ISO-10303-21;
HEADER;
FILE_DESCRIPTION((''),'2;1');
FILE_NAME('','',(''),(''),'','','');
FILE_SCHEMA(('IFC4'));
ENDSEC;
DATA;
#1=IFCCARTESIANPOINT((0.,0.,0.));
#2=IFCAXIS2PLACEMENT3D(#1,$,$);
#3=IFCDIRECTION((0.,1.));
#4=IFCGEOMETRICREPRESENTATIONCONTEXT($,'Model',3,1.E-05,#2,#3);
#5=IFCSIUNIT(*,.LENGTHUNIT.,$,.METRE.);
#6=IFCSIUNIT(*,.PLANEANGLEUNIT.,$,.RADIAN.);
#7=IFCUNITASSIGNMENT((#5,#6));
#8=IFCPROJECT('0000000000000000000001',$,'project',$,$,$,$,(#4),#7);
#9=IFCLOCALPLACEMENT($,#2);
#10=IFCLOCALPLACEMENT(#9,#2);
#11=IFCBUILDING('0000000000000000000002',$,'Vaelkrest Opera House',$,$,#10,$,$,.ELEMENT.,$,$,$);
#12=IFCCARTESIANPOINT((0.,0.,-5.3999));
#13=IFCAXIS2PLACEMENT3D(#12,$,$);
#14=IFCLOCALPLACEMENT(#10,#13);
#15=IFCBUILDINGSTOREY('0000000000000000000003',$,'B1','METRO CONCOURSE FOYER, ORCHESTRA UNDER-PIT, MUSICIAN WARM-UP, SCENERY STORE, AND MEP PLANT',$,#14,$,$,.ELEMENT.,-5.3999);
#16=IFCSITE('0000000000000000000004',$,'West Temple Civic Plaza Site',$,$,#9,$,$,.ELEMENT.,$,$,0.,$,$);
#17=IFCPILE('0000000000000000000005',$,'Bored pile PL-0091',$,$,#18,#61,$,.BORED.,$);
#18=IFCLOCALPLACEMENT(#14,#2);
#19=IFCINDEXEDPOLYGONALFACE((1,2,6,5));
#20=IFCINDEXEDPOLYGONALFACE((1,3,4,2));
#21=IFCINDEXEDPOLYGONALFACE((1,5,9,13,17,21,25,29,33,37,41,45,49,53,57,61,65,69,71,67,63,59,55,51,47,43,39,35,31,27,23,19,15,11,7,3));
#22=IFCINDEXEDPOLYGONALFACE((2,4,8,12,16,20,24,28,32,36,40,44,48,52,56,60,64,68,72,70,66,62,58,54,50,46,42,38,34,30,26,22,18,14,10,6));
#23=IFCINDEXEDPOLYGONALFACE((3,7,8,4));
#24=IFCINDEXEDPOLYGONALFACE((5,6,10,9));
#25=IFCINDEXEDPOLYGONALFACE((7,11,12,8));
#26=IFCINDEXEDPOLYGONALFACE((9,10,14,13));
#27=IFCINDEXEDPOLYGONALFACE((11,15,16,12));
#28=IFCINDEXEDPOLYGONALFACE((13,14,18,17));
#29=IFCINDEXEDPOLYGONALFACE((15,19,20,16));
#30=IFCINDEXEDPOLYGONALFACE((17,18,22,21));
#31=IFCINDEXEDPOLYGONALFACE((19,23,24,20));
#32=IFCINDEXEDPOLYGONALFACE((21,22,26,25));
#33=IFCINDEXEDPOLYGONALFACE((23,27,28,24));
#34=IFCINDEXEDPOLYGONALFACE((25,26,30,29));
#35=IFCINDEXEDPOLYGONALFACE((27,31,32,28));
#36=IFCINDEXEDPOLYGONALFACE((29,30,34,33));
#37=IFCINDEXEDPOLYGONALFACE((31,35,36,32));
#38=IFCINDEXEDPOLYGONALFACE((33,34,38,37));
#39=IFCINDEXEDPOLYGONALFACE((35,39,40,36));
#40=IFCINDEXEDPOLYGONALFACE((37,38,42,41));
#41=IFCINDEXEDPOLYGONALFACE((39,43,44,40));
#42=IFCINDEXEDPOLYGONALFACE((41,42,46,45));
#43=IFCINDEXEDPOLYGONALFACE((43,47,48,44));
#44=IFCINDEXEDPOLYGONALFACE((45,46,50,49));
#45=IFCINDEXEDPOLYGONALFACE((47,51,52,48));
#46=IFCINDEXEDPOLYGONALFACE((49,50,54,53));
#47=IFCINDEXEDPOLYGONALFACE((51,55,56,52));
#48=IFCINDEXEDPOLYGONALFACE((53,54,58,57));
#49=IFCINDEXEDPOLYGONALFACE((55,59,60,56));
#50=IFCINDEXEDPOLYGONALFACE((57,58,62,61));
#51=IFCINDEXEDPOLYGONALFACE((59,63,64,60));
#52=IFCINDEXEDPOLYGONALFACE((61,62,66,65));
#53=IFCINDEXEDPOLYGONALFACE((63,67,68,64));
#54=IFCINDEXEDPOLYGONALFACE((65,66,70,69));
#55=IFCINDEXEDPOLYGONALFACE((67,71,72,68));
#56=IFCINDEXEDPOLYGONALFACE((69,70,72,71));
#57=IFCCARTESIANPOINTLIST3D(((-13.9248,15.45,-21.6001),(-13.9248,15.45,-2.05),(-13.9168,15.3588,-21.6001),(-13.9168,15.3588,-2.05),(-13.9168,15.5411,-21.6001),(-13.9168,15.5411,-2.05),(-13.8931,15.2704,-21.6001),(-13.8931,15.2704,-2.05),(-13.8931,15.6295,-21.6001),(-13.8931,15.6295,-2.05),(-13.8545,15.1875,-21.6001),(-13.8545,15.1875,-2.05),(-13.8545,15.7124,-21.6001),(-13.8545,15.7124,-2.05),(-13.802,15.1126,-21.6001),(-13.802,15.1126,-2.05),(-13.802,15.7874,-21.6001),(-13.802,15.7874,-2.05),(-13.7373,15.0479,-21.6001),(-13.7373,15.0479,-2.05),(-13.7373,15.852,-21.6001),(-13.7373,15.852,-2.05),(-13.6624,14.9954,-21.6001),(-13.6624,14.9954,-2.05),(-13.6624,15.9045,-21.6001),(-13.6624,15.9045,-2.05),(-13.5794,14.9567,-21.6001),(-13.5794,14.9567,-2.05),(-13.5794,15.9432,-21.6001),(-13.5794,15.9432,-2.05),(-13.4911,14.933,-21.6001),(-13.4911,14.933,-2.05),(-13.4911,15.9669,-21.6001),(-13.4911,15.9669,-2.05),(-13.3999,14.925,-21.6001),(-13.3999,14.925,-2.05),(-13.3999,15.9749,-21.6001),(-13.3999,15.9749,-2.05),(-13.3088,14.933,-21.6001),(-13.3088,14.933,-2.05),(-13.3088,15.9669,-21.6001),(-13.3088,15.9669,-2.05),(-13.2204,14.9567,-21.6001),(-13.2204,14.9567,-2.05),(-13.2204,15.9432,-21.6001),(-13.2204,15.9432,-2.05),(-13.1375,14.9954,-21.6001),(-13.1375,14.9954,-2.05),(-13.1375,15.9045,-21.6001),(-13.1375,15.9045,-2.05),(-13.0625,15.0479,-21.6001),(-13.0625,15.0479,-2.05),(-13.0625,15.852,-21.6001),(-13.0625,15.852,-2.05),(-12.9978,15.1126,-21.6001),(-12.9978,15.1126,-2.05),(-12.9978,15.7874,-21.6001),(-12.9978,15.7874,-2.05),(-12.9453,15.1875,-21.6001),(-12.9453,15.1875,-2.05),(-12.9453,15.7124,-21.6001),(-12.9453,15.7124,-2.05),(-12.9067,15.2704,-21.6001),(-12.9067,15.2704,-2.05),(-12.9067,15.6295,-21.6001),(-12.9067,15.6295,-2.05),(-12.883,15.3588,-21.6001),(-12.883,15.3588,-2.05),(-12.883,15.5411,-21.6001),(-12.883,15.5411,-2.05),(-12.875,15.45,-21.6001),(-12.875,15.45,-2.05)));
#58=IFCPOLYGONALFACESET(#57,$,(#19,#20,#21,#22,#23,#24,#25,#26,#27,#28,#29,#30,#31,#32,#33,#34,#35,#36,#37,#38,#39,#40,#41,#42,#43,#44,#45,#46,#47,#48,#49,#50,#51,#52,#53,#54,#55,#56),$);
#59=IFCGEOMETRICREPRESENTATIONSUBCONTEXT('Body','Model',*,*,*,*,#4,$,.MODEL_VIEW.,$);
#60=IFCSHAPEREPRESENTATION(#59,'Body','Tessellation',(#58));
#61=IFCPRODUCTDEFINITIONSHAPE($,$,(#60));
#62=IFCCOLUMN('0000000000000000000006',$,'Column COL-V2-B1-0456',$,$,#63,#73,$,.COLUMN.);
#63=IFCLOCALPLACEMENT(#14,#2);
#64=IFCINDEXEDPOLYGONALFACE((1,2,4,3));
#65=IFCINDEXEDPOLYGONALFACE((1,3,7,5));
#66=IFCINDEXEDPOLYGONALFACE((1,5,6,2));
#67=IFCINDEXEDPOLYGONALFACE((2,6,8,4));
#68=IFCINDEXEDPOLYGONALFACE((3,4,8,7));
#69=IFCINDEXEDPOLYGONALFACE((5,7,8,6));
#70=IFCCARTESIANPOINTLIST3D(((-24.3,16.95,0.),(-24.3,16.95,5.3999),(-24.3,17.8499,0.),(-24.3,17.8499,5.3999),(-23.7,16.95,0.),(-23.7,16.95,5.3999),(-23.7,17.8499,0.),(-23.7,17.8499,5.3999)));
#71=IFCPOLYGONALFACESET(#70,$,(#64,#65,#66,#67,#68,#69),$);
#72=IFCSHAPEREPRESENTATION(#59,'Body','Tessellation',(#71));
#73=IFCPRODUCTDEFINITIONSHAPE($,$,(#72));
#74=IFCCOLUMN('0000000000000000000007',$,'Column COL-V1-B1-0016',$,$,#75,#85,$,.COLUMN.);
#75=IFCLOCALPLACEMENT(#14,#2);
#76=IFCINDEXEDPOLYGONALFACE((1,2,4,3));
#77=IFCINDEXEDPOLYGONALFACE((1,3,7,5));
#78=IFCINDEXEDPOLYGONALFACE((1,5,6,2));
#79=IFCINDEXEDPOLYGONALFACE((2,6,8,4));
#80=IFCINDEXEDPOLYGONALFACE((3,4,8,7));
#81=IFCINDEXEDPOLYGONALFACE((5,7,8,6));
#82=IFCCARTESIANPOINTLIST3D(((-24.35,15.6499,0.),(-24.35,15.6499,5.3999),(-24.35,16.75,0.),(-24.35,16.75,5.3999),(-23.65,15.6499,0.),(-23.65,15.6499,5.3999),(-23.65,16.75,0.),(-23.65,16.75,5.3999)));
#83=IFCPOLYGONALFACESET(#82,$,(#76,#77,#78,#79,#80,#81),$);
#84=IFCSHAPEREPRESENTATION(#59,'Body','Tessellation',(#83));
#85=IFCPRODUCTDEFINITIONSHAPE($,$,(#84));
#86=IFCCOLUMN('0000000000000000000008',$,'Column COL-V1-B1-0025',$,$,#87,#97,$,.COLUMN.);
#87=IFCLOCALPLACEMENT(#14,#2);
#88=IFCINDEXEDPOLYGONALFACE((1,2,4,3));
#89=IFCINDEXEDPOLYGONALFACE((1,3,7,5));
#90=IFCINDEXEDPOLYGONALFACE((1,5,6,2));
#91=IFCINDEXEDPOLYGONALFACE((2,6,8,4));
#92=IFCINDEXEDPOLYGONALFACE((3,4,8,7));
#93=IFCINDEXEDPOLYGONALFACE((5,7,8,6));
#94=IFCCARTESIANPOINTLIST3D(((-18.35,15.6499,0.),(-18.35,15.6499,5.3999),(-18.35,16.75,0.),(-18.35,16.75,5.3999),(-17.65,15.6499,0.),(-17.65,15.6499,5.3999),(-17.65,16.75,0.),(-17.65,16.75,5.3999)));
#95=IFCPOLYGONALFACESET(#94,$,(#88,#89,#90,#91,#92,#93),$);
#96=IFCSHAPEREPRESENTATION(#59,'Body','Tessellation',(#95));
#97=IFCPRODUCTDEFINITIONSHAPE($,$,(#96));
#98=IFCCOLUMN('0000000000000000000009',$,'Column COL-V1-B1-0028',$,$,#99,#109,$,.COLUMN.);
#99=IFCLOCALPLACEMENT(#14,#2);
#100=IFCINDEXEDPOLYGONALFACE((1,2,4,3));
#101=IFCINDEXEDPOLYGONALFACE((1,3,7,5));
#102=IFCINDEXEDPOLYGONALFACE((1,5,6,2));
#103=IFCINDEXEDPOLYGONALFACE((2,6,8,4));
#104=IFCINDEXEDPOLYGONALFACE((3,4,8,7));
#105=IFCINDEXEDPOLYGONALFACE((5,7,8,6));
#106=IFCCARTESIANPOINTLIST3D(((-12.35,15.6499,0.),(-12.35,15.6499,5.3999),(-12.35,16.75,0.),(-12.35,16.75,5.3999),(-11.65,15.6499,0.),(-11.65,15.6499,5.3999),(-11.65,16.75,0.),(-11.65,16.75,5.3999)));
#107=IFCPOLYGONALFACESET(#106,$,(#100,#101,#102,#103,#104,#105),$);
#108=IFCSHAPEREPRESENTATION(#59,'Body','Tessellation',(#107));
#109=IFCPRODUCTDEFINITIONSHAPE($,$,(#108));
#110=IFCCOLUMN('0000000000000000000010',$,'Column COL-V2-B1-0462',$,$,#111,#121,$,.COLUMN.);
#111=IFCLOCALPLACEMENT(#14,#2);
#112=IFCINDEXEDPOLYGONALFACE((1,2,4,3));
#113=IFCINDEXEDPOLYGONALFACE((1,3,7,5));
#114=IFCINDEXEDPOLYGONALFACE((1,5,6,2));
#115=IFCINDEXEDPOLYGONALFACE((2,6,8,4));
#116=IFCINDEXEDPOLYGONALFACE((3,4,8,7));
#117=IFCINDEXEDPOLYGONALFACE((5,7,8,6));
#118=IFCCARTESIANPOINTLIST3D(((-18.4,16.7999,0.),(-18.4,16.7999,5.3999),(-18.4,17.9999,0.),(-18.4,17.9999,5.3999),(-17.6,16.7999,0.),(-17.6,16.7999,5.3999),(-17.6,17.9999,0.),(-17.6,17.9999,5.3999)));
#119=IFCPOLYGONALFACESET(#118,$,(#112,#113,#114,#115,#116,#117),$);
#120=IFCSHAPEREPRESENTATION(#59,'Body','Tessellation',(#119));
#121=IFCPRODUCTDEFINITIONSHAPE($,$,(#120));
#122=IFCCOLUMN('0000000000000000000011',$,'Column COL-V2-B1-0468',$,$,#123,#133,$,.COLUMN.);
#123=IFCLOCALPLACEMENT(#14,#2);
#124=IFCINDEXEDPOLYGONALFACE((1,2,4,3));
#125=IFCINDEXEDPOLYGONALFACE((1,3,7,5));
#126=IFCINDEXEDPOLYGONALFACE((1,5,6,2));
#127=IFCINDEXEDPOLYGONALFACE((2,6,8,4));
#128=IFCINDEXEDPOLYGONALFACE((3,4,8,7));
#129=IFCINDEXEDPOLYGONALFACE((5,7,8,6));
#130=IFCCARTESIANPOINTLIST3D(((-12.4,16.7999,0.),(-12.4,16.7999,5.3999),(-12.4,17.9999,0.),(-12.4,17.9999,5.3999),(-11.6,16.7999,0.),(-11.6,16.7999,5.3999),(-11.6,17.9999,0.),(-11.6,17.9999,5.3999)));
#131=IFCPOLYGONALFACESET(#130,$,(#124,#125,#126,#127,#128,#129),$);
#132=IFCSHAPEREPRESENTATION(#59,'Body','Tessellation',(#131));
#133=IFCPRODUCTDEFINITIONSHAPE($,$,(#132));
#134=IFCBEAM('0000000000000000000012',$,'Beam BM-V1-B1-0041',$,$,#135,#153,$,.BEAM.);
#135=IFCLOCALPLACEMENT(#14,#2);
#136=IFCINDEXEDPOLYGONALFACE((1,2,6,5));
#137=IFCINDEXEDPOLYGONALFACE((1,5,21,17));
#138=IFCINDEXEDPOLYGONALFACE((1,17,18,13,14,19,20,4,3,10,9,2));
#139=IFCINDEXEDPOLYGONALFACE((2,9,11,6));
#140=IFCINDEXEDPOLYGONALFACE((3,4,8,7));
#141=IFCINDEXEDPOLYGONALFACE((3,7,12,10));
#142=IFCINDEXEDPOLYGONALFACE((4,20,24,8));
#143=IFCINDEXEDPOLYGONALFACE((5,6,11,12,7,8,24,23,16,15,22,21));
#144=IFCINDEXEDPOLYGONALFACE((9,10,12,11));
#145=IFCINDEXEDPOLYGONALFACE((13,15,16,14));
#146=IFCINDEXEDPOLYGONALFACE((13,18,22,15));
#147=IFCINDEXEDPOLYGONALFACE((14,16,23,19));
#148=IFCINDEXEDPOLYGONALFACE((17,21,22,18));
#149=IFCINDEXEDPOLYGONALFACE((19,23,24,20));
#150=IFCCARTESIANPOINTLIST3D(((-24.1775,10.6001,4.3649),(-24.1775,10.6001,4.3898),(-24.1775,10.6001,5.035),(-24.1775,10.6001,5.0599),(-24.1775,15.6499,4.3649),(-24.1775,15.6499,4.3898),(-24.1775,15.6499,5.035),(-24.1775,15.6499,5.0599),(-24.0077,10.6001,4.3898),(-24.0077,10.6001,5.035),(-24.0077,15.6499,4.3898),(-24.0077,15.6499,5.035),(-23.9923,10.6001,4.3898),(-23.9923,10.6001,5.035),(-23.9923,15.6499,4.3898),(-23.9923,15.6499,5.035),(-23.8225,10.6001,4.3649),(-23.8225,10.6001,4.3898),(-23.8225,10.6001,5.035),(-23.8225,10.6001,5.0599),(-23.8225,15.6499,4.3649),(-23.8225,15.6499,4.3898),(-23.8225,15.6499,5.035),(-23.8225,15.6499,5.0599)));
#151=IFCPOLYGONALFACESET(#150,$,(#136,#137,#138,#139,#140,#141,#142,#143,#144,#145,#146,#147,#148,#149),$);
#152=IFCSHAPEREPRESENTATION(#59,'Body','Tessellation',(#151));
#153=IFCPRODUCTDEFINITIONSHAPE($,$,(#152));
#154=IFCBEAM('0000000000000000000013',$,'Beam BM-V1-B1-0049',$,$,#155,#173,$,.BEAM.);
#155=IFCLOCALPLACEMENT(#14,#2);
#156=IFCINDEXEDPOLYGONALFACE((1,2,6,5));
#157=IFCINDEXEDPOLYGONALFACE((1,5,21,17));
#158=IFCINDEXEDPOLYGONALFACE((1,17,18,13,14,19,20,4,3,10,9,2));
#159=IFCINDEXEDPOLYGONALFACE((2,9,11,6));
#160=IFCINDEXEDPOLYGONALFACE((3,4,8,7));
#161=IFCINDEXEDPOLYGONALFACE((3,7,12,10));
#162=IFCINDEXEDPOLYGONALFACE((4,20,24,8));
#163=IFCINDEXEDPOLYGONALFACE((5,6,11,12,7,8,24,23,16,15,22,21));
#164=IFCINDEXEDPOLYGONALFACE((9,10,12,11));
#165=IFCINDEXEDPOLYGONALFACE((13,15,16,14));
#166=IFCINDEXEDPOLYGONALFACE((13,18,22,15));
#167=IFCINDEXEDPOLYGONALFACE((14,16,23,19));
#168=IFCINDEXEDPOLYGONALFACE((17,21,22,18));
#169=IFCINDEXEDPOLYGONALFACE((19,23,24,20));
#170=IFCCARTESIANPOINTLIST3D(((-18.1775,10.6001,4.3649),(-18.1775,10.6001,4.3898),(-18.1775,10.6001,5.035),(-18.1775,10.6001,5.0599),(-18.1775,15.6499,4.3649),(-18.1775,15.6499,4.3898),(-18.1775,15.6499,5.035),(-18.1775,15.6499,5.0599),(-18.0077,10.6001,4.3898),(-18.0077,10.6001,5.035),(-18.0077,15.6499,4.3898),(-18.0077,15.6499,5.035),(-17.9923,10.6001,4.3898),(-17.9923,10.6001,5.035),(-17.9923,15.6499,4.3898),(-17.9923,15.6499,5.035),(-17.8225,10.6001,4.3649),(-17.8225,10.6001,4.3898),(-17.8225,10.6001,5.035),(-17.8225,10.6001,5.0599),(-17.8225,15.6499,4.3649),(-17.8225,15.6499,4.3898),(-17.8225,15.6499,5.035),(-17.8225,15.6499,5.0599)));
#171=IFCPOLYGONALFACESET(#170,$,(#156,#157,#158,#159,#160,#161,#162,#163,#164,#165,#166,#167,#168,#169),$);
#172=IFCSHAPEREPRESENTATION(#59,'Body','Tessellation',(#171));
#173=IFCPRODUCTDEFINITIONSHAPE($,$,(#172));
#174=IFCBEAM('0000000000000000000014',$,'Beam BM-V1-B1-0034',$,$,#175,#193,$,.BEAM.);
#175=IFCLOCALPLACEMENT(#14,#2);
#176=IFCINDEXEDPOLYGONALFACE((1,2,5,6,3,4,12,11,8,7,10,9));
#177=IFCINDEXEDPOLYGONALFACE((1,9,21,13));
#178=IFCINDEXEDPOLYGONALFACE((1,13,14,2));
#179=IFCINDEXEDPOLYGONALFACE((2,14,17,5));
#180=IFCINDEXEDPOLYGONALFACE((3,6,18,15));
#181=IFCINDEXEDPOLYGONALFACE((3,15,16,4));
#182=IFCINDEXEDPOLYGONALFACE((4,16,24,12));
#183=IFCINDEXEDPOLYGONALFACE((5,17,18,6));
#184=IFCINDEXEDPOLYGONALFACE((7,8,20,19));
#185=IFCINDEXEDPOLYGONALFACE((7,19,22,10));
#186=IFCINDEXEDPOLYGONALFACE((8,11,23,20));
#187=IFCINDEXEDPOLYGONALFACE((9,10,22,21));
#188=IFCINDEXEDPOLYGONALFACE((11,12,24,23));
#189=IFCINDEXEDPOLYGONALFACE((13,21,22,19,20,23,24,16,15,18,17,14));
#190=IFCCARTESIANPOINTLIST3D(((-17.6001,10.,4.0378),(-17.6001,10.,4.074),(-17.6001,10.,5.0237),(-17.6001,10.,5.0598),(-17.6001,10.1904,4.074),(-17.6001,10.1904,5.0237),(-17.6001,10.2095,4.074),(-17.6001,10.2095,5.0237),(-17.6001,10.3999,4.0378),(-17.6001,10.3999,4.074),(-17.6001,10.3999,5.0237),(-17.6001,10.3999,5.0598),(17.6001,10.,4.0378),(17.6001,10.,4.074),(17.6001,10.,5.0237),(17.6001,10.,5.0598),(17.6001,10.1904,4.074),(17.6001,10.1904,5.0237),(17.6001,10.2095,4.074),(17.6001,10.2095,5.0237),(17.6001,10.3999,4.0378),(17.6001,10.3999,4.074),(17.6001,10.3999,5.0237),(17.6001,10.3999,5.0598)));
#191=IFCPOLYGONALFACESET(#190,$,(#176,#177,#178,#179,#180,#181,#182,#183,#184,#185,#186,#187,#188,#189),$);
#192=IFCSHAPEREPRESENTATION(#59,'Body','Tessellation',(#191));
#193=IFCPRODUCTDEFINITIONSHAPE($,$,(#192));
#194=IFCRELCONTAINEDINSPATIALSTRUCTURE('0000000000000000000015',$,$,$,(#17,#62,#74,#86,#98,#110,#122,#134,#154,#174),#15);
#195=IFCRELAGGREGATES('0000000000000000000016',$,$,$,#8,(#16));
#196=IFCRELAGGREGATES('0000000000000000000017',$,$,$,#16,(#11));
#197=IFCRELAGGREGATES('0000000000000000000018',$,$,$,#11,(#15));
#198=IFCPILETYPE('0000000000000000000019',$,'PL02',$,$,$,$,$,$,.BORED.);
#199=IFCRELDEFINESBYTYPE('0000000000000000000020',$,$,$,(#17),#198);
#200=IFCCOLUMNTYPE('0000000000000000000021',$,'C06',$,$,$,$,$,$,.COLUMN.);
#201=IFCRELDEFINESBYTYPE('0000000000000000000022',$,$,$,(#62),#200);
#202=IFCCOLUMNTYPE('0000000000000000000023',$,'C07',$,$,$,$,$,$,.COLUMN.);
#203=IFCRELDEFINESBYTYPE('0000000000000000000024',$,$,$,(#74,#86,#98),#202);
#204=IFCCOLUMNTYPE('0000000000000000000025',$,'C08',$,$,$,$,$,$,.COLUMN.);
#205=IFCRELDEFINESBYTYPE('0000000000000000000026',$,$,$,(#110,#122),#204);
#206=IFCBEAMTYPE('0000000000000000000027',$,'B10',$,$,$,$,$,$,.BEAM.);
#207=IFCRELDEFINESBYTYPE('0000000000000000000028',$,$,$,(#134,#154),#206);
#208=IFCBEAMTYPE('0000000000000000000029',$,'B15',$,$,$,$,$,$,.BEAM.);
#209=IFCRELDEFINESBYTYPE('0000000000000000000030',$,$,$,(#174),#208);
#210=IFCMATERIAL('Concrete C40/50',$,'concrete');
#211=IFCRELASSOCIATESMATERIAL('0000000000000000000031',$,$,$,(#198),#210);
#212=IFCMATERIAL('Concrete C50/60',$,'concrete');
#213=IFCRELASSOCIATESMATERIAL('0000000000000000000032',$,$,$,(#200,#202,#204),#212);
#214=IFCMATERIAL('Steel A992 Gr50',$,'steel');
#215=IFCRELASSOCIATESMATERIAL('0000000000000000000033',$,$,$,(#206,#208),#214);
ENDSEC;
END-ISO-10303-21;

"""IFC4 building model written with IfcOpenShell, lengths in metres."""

from ifc_helpers import new_model, si_unit, direction, frame, origin, origin_2d, place, context, subcontext, project, spatial, rectangle, circle, i_section, extrude, material, material_profile, profile_set, type_object, element, save


model = new_model("IFC4")

# Units and contexts
model_context = context("Model", 3, precision=1e-05, world=origin(), true_north=direction((0.0, 1.0)))
body_context = subcontext(model_context, "Body", "Model", "MODEL_VIEW")
ifc_project = project(units=[si_unit("LENGTHUNIT", "METRE"), si_unit("PLANEANGLEUNIT", "RADIAN")], contexts=[model_context])

# Site, building, storey
site_placement = place(None, origin())
site = spatial("IfcSite", under=ifc_project, at=site_placement, Name="West Temple Civic Plaza Site", CompositionType="ELEMENT", RefElevation=0.0)
building_placement = place(site_placement, origin())
building = spatial("IfcBuilding", under=site, at=building_placement, Name="Vaelkrest Opera House", CompositionType="ELEMENT")
storey_placement = place(building_placement, frame((0.0, 0.0, -5.3999)))
storey = spatial("IfcBuildingStorey", under=building, at=storey_placement, Name="B1", Description="METRO CONCOURSE FOYER, ORCHESTRA UNDER-PIT, MUSICIAN WARM-UP, SCENERY STORE, AND MEP PLANT", CompositionType="ELEMENT", Elevation=-5.3999)

# Shared definitions
ifc_material_1 = material(Name="Concrete C40/50", Category="concrete")

# Pile
ifc_material_profile_1 = material_profile(ifc_material_1, circle(Radius=0.5249, at=origin_2d()), Name="PILE1050")
ifc_profile_set_1 = profile_set([ifc_material_profile_1], Name="Concrete C40/50")
pile_type_1 = type_object("IfcPileType", Name="PL02", PredefinedType="BORED", material=ifc_profile_set_1)
for number, where, z_axis, x_axis, name in (
    (1, (-13.3999, 15.45, -2.05), (0.0, 0.0, -1.0), (1.0, 0.0, 0.0), "Bored pile PL-0091"),
):
    element("IfcPile", number, at=place(storey_placement, frame(where, z_axis=z_axis, x_axis=x_axis)), inside=storey, type_object=pile_type_1, Name=name, PredefinedType="BORED", context=body_context, shape_type="SweptSolid", body=[
        extrude(circle(Radius=0.5249, at=origin_2d()), origin(), (0.0, 0.0, 1.0), 19.55),
    ])

# Columns
ifc_material_2 = material(Name="Concrete C50/60", Category="concrete")
ifc_material_profile_2 = material_profile(ifc_material_2, rectangle(XDim=0.6001, YDim=0.8999, at=origin_2d()), Name="RC600X900")
ifc_profile_set_2 = profile_set([ifc_material_profile_2], Name="Concrete C50/60")
column_type_1 = type_object("IfcColumnType", Name="C06", PredefinedType="COLUMN", material=ifc_profile_set_2)
column_placement = place(storey_placement, frame((-24.0, 17.3999, 0.0), z_axis=(0.0, 0.0, 1.0), x_axis=(1.0, 0.0, 0.0)))
element("IfcColumn", 2, at=column_placement, inside=storey, type_object=column_type_1, Name="Column COL-V2-B1-0456", PredefinedType="COLUMN", context=body_context, shape_type="SweptSolid", body=[
    extrude(rectangle(XDim=0.6001, YDim=0.8999, at=origin_2d()), origin(), (0.0, 0.0, 1.0), 5.3999),
])
ifc_material_profile_3 = material_profile(ifc_material_2, rectangle(XDim=0.7, YDim=1.1001, at=origin_2d()), Name="RC700X1100")
ifc_profile_set_3 = profile_set([ifc_material_profile_3], Name="Concrete C50/60")
column_type_2 = type_object("IfcColumnType", Name="C07", PredefinedType="COLUMN", material=ifc_profile_set_3)
for number, where, z_axis, x_axis, name in (
    (3, (-24.0, 16.2, 0.0), (0.0, 0.0, 1.0), (1.0, 0.0, 0.0), "Column COL-V1-B1-0016"),
    (4, (-18.0, 16.2, 0.0), (0.0, 0.0, 1.0), (1.0, 0.0, 0.0), "Column COL-V1-B1-0025"),
    (5, (-12.0, 16.2, 0.0), (0.0, 0.0, 1.0), (1.0, 0.0, 0.0), "Column COL-V1-B1-0028"),
):
    element("IfcColumn", number, at=place(storey_placement, frame(where, z_axis=z_axis, x_axis=x_axis)), inside=storey, type_object=column_type_2, Name=name, PredefinedType="COLUMN", context=body_context, shape_type="SweptSolid", body=[
        extrude(rectangle(XDim=0.7, YDim=1.1001, at=origin_2d()), origin(), (0.0, 0.0, 1.0), 5.3999),
    ])
ifc_material_profile_4 = material_profile(ifc_material_2, rectangle(XDim=0.8, YDim=1.2, at=origin_2d()), Name="RC800X1200")
ifc_profile_set_4 = profile_set([ifc_material_profile_4], Name="Concrete C50/60")
column_type_3 = type_object("IfcColumnType", Name="C08", PredefinedType="COLUMN", material=ifc_profile_set_4)
for number, where, z_axis, x_axis, name in (
    (6, (-18.0, 17.3999, 0.0), (0.0, 0.0, 1.0), (1.0, 0.0, 0.0), "Column COL-V2-B1-0462"),
    (7, (-12.0, 17.3999, 0.0), (0.0, 0.0, 1.0), (1.0, 0.0, 0.0), "Column COL-V2-B1-0468"),
):
    element("IfcColumn", number, at=place(storey_placement, frame(where, z_axis=z_axis, x_axis=x_axis)), inside=storey, type_object=column_type_3, Name=name, PredefinedType="COLUMN", context=body_context, shape_type="SweptSolid", body=[
        extrude(rectangle(XDim=0.8, YDim=1.2, at=origin_2d()), origin(), (0.0, 0.0, 1.0), 5.3999),
    ])

# Beams
ifc_material_3 = material(Name="Steel A992 Gr50", Category="steel")
ifc_material_profile_5 = material_profile(ifc_material_3, i_section(OverallWidth=0.355, OverallDepth=0.6951, WebThickness=0.0154, FlangeThickness=0.0249, at=origin_2d()), Name="W27X146")
ifc_profile_set_5 = profile_set([ifc_material_profile_5], Name="Steel A992 Gr50")
beam_type_1 = type_object("IfcBeamType", Name="B10", PredefinedType="BEAM", material=ifc_profile_set_5)
for number, where, z_axis, x_axis, name in (
    (8, (-24.0, 10.6001, 4.7124), (0.0, 1.0, 0.0), (-1.0, 0.0, 0.0), "Beam BM-V1-B1-0041"),
    (9, (-18.0, 10.6001, 4.7124), (0.0, 1.0, 0.0), (-1.0, 0.0, 0.0), "Beam BM-V1-B1-0049"),
):
    element("IfcBeam", number, at=place(storey_placement, frame(where, z_axis=z_axis, x_axis=x_axis)), inside=storey, type_object=beam_type_1, Name=name, PredefinedType="BEAM", context=body_context, shape_type="SweptSolid", body=[
        extrude(i_section(OverallWidth=0.355, OverallDepth=0.6951, WebThickness=0.0154, FlangeThickness=0.0249, at=origin_2d()), origin(), (0.0, 0.0, 1.0), 5.0498),
    ])
ifc_material_profile_6 = material_profile(ifc_material_3, i_section(OverallWidth=0.3999, OverallDepth=1.022, WebThickness=0.019, FlangeThickness=0.0361, at=origin_2d()), Name="W40X249")
ifc_profile_set_6 = profile_set([ifc_material_profile_6], Name="Steel A992 Gr50")
beam_type_2 = type_object("IfcBeamType", Name="B15", PredefinedType="BEAM", material=ifc_profile_set_6)
beam_placement = place(storey_placement, frame((-17.6001, 10.2, 4.5488), z_axis=(1.0, 0.0, 0.0), x_axis=(0.0, 1.0, 0.0)))
element("IfcBeam", 10, at=beam_placement, inside=storey, type_object=beam_type_2, Name="Beam BM-V1-B1-0034", PredefinedType="BEAM", context=body_context, shape_type="SweptSolid", body=[
    extrude(i_section(OverallWidth=0.3999, OverallDepth=1.022, WebThickness=0.019, FlangeThickness=0.0361, at=origin_2d()), origin(), (0.0, 0.0, 1.0), 35.2002),
])

save(model, "model.ifc")
